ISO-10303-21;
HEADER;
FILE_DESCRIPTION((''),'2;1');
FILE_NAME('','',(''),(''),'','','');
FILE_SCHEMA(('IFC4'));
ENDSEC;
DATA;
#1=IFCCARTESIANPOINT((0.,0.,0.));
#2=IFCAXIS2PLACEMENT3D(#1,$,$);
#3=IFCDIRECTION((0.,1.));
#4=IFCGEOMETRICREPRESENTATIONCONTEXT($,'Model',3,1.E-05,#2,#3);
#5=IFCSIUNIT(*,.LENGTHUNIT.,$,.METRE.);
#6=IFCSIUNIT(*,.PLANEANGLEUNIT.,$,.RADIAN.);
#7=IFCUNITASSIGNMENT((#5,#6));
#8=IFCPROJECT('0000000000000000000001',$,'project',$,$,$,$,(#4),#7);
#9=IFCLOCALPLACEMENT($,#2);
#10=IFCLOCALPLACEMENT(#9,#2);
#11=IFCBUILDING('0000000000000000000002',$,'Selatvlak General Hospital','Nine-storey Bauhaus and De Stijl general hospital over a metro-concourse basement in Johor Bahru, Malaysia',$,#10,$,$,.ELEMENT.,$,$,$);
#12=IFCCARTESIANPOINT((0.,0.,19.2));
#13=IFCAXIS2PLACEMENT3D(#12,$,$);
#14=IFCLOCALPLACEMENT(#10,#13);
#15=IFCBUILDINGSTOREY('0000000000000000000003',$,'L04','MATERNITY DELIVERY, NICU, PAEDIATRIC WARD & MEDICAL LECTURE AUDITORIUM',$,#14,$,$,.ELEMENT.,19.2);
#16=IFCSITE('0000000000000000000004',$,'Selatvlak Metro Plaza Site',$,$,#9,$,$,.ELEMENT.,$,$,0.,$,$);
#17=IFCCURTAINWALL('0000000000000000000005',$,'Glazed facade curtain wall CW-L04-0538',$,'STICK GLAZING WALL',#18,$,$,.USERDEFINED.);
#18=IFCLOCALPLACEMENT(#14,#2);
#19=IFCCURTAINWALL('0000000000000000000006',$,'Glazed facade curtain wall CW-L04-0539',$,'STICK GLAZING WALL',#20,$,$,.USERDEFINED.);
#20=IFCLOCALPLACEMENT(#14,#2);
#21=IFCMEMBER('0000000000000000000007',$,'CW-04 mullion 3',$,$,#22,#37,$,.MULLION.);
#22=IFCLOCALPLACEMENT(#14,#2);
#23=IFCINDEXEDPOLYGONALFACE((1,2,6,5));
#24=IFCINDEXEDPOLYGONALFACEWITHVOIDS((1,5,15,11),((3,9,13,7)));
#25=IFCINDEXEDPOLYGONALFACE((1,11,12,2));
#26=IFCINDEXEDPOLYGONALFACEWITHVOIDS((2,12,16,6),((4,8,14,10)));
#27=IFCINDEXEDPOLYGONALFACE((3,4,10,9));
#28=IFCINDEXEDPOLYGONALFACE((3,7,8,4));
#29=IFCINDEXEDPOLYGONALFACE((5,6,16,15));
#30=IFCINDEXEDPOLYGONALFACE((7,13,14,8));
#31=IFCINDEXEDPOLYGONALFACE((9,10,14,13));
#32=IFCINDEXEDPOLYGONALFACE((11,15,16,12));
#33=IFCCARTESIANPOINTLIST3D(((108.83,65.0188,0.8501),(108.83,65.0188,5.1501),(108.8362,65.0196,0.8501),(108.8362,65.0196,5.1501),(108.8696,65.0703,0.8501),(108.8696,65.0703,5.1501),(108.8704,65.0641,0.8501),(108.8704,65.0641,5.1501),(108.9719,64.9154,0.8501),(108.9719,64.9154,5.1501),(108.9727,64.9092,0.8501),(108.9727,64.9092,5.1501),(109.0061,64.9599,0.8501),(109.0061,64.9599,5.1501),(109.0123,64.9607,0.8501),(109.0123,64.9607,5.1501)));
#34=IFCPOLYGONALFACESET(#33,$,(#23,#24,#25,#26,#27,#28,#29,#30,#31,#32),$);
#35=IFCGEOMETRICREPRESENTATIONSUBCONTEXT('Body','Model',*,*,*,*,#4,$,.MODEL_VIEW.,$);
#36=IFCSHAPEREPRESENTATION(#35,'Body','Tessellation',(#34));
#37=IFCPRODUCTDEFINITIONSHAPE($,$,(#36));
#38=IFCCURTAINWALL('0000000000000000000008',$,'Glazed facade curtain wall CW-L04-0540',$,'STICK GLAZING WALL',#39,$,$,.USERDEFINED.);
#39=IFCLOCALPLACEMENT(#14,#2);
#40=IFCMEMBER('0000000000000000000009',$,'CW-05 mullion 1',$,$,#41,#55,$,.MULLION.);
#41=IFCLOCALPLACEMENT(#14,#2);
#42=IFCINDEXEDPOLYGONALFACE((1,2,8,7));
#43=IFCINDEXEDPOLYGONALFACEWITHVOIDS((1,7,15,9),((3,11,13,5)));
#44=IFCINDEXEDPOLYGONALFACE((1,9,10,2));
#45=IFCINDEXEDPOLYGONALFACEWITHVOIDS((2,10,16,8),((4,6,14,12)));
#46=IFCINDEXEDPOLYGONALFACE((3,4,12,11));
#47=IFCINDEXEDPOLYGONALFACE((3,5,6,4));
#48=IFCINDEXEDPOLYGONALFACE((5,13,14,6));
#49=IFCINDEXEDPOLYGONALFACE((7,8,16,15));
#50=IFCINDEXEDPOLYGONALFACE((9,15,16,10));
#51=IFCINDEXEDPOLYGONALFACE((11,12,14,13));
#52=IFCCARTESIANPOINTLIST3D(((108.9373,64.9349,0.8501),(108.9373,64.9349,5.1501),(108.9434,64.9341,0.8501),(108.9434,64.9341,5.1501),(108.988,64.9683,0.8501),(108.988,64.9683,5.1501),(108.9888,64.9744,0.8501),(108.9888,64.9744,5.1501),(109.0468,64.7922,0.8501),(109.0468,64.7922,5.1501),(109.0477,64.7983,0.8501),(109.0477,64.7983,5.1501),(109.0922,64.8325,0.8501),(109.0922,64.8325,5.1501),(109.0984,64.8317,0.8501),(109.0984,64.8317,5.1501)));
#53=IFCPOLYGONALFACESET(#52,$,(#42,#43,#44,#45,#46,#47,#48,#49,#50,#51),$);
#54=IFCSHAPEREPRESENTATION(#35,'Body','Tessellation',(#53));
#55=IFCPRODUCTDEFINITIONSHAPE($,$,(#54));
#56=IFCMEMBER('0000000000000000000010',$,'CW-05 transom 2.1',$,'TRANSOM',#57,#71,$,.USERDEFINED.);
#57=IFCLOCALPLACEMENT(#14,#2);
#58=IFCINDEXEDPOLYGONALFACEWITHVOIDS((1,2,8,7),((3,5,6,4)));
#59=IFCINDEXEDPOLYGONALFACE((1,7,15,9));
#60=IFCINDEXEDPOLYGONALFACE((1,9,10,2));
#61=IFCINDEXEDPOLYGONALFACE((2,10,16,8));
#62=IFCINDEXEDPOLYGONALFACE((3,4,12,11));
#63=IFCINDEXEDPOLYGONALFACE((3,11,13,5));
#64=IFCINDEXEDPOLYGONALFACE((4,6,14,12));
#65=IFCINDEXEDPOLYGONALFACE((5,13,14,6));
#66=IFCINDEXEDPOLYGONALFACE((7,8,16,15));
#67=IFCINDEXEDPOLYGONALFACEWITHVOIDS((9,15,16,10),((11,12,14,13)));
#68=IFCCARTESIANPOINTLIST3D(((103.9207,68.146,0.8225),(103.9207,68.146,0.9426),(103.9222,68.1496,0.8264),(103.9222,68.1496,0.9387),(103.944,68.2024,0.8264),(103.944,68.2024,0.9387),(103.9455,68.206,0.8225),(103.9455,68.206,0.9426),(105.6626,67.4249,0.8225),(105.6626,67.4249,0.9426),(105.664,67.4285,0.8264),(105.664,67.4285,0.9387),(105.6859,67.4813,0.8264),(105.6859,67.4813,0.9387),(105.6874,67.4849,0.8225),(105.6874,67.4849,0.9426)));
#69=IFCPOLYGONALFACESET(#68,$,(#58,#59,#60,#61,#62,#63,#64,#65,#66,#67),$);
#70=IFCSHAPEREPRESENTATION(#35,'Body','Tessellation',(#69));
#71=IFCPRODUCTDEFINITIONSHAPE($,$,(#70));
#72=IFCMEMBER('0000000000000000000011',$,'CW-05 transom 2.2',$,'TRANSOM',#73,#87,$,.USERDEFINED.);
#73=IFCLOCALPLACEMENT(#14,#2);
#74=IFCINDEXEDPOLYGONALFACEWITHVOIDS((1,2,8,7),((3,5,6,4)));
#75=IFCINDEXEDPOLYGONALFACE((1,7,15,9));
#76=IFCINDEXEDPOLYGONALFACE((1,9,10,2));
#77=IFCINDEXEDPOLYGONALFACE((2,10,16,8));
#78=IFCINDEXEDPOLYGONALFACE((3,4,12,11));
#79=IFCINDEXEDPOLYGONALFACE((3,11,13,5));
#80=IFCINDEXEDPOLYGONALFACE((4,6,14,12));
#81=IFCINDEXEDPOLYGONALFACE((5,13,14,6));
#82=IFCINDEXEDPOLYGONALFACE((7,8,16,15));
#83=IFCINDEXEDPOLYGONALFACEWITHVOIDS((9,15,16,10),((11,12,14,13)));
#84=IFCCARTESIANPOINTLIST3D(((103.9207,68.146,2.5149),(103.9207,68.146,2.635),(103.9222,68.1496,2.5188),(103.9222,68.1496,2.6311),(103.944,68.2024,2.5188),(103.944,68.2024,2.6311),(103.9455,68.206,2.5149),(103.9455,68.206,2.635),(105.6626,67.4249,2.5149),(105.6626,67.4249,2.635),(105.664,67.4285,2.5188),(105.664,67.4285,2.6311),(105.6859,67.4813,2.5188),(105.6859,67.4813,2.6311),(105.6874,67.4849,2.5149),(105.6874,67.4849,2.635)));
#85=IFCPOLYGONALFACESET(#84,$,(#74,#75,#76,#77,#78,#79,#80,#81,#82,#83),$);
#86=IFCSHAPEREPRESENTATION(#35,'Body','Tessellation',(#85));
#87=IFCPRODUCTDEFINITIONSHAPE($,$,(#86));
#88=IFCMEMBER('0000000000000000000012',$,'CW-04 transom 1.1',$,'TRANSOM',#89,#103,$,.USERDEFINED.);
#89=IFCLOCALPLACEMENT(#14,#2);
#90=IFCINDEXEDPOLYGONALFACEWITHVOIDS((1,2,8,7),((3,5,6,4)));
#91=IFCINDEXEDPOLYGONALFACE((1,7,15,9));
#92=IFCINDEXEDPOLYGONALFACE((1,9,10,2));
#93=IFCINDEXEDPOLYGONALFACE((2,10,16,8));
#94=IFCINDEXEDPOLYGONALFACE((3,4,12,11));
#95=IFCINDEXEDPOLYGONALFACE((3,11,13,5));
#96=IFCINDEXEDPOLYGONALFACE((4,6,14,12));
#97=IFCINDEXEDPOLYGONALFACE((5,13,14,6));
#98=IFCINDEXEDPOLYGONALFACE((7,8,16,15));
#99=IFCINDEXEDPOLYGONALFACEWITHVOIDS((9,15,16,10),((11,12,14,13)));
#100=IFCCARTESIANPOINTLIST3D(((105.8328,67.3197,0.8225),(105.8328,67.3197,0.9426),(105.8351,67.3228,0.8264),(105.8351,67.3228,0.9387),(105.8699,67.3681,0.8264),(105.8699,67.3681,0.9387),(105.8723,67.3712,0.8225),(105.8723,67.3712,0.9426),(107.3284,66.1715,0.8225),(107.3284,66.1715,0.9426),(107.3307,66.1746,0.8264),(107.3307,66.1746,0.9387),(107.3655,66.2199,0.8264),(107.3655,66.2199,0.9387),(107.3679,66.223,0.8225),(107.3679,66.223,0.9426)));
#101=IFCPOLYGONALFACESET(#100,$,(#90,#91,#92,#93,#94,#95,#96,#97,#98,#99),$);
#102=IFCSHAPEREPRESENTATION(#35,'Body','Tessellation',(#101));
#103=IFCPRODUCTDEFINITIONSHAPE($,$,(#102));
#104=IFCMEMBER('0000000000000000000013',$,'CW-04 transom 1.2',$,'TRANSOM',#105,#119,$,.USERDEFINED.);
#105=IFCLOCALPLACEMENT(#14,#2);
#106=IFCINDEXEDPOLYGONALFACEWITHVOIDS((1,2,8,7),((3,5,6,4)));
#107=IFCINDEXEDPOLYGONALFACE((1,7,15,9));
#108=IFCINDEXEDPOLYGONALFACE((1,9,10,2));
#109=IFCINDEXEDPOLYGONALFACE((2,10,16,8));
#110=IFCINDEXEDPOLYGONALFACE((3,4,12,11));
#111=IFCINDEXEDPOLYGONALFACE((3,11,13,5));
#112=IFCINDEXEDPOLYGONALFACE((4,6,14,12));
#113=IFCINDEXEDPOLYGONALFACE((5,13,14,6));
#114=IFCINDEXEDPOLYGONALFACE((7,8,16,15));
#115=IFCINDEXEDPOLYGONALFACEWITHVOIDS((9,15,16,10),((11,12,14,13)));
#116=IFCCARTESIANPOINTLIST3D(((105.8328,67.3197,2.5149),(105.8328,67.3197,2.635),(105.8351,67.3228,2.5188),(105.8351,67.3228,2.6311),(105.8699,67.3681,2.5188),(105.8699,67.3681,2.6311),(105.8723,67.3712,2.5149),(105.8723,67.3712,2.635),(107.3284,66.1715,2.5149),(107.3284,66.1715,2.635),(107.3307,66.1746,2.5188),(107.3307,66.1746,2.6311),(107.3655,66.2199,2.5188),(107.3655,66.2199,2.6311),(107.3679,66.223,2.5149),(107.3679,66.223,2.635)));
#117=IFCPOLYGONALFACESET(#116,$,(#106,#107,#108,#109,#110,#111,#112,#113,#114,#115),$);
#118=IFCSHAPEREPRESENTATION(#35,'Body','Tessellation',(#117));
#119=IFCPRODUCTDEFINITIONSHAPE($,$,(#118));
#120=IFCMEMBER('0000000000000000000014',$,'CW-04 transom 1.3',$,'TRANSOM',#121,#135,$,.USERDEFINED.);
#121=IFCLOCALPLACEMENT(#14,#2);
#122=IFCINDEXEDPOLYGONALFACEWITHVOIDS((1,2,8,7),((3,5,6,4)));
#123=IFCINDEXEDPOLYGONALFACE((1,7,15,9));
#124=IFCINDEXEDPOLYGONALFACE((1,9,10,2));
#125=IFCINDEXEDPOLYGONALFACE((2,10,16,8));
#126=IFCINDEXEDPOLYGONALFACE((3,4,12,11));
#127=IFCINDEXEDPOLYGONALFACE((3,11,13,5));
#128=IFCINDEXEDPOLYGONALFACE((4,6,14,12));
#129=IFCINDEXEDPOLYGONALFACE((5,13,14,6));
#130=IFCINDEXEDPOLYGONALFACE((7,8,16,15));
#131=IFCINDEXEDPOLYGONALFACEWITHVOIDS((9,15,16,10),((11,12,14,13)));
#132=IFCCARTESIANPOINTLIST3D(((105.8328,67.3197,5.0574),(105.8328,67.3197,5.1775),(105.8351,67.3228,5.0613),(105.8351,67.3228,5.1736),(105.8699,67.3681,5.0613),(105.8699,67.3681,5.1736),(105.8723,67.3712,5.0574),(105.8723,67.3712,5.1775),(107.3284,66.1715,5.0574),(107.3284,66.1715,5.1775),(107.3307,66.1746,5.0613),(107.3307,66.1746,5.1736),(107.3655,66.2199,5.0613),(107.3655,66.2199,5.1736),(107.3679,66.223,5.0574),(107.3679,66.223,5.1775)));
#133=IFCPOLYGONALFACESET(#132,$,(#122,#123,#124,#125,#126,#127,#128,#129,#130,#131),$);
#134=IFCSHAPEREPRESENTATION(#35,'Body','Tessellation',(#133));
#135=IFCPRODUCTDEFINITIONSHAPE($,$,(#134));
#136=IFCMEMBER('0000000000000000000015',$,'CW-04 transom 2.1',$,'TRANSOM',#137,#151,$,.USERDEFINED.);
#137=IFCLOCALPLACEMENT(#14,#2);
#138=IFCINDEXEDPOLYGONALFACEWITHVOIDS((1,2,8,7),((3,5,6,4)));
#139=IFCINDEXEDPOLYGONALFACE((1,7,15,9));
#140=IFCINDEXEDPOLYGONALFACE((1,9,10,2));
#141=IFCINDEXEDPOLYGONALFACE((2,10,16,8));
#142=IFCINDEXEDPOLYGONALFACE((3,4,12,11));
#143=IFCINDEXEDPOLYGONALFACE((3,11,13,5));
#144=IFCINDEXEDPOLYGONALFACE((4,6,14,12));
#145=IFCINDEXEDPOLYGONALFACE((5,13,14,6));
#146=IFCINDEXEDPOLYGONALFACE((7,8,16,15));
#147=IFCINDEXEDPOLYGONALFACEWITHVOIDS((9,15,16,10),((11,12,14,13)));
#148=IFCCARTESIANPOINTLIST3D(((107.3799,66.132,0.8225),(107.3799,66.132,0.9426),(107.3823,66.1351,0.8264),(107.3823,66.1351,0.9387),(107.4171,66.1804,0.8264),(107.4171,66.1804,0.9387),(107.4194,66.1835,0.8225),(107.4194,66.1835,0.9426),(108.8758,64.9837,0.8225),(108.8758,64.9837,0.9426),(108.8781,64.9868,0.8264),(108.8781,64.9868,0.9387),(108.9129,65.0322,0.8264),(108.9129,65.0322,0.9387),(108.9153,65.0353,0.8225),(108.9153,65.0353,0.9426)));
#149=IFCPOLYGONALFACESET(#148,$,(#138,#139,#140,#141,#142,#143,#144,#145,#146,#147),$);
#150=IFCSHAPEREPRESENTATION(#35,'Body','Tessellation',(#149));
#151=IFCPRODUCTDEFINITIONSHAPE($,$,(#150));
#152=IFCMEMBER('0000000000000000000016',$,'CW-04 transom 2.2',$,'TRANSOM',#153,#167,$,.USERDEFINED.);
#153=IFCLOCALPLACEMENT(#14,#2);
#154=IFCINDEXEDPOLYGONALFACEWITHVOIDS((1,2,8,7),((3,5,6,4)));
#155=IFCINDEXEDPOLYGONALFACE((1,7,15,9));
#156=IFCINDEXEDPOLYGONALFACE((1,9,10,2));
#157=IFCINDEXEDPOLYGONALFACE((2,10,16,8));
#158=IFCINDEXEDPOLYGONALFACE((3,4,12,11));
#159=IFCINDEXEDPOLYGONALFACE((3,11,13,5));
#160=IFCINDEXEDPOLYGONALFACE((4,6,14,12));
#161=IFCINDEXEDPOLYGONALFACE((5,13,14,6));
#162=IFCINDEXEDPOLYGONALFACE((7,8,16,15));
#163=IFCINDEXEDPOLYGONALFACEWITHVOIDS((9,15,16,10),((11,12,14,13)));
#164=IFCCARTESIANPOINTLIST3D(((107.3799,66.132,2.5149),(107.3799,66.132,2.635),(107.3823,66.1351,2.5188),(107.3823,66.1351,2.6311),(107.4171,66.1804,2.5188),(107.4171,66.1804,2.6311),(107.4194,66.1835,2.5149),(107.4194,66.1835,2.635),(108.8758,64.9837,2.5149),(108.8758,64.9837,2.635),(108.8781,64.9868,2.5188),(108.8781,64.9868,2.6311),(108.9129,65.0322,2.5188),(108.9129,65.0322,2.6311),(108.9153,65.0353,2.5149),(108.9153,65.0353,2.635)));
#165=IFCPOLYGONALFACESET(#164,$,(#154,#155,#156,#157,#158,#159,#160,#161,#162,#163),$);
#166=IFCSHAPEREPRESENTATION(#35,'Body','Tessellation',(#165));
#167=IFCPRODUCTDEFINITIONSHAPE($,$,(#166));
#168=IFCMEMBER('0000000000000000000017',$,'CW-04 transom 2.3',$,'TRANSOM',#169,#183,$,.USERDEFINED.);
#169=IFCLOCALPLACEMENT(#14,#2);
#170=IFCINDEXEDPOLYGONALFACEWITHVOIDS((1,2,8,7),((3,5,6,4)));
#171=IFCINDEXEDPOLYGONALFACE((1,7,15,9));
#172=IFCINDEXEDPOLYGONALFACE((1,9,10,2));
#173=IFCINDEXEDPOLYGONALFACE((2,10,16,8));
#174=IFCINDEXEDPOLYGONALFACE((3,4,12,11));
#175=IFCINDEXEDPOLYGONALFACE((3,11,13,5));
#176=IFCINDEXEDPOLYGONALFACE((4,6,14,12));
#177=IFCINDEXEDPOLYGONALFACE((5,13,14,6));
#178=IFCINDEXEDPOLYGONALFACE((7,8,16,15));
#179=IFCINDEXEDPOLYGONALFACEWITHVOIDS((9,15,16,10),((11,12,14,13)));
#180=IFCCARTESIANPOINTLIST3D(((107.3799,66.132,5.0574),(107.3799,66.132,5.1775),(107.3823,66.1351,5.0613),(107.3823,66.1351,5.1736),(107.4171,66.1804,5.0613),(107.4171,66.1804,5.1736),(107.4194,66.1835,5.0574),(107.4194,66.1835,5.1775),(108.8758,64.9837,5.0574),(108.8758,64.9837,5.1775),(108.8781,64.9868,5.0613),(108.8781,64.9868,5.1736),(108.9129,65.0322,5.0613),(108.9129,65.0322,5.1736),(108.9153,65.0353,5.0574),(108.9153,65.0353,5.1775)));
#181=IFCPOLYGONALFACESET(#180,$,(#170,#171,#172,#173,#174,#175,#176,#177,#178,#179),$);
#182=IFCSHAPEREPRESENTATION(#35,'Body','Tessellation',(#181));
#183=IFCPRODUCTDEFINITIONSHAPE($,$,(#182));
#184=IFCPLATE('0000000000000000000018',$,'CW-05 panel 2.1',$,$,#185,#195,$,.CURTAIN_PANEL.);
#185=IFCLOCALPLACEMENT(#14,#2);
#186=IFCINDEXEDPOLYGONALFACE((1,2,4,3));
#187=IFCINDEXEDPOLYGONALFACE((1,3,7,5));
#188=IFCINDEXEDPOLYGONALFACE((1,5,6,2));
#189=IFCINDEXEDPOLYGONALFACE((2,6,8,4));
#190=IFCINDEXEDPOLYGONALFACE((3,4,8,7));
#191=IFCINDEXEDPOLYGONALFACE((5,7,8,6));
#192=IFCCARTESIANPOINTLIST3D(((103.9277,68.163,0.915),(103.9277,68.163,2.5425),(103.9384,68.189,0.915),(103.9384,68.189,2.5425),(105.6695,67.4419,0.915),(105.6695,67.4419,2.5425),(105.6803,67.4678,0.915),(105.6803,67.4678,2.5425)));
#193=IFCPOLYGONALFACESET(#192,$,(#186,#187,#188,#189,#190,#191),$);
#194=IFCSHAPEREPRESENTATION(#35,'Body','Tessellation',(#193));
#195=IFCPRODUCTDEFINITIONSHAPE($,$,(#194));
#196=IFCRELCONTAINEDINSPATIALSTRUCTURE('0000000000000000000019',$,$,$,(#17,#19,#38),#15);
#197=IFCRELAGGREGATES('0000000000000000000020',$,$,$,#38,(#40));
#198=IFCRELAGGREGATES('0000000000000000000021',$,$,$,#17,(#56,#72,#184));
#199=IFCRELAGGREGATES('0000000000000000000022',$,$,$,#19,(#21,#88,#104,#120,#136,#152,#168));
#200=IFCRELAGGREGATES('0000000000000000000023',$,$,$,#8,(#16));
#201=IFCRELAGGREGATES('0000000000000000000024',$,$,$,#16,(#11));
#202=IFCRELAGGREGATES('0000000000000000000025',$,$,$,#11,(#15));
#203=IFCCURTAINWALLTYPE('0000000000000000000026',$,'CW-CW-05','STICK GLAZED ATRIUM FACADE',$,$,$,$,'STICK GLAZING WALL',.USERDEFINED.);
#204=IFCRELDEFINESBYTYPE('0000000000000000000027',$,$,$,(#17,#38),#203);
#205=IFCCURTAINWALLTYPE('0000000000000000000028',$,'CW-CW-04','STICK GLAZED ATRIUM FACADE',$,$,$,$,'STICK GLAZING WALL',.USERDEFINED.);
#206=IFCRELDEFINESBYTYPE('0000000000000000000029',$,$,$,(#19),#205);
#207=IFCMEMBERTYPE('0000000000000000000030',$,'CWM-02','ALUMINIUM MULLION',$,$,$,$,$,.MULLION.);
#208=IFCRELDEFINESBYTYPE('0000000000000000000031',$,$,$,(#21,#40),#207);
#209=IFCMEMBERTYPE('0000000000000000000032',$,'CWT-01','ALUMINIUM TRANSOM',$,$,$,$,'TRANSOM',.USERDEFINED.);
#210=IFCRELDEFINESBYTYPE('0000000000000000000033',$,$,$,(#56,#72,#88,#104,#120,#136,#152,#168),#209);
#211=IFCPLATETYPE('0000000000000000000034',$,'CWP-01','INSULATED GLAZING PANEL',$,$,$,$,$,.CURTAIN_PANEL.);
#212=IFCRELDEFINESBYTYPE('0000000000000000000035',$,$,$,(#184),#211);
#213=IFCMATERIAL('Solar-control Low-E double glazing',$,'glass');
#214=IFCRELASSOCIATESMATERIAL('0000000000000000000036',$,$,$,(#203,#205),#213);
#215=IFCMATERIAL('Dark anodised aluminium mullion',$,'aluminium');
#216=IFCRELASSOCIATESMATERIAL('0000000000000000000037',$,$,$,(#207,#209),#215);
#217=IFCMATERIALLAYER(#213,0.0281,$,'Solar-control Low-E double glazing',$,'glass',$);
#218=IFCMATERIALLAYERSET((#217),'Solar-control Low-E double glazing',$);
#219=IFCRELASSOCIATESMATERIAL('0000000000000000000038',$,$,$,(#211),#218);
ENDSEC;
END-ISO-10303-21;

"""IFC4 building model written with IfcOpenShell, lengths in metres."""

from ifc_helpers import new_model, si_unit, direction, frame, origin, origin_2d, place, context, subcontext, project, spatial, rectangle, hollow_rectangle, extrude, material, layer, layer_set, material_profile, profile_set, type_object, element, aggregate, save


model = new_model("IFC4")

# Units and contexts
model_context = context("Model", 3, precision=1e-05, world=origin(), true_north=direction((0.0, 1.0)))
body_context = subcontext(model_context, "Body", "Model", "MODEL_VIEW")
ifc_project = project(units=[si_unit("LENGTHUNIT", "METRE"), si_unit("PLANEANGLEUNIT", "RADIAN")], contexts=[model_context])

# Site, building, storey
site_placement = place(None, origin())
site = spatial("IfcSite", under=ifc_project, at=site_placement, Name="Selatvlak Metro Plaza Site", CompositionType="ELEMENT", RefElevation=0.0)
building_placement = place(site_placement, origin())
building = spatial("IfcBuilding", under=site, at=building_placement, Name="Selatvlak General Hospital", Description="Nine-storey Bauhaus and De Stijl general hospital over a metro-concourse basement in Johor Bahru, Malaysia", CompositionType="ELEMENT")
storey_placement = place(building_placement, frame((0.0, 0.0, 19.2)))
storey = spatial("IfcBuildingStorey", under=building, at=storey_placement, Name="L04", Description="MATERNITY DELIVERY, NICU, PAEDIATRIC WARD & MEDICAL LECTURE AUDITORIUM", CompositionType="ELEMENT", Elevation=19.2)

# Curtain wall
ifc_material_1 = material(Name="Solar-control Low-E double glazing", Category="glass")
curtain_wall_type_1 = type_object("IfcCurtainWallType", Name="CW-CW-05", Description="STICK GLAZED ATRIUM FACADE", ElementType="STICK GLAZING WALL", PredefinedType="USERDEFINED", material=ifc_material_1)
curtain_wall_1_placement = place(storey_placement, origin())
curtain_wall_1 = element("IfcCurtainWall", 1, at=curtain_wall_1_placement, inside=storey, type_object=curtain_wall_type_1, Name="Glazed facade curtain wall CW-L04-0538", ObjectType="STICK GLAZING WALL", PredefinedType="USERDEFINED")
ifc_material_2 = material(Name="Dark anodised aluminium mullion", Category="aluminium")
ifc_material_profile_1 = material_profile(ifc_material_2, hollow_rectangle(XDim=0.0649, YDim=0.1799, WallThickness=0.0044, at=origin_2d()), Name="AL-MUL 65x180x4.5")
ifc_profile_set_1 = profile_set([ifc_material_profile_1], Name="Dark anodised aluminium mullion")
member_type_1 = type_object("IfcMemberType", Name="CWM-02", Description="ALUMINIUM MULLION", PredefinedType="MULLION", material=ifc_profile_set_1)

# Curtain wall, member
curtain_wall_type_2 = type_object("IfcCurtainWallType", Name="CW-CW-04", Description="STICK GLAZED ATRIUM FACADE", ElementType="STICK GLAZING WALL", PredefinedType="USERDEFINED", material=ifc_material_1)
curtain_wall_2_placement = place(storey_placement, origin())
curtain_wall_2 = element("IfcCurtainWall", 2, at=curtain_wall_2_placement, inside=storey, type_object=curtain_wall_type_2, Name="Glazed facade curtain wall CW-L04-0539", ObjectType="STICK GLAZING WALL", PredefinedType="USERDEFINED")
member_1_placement = place(storey_placement, frame((108.9211, 64.9897, 0.8501), z_axis=(0.0, 0.0, 1.0), x_axis=(0.608918, 0.793233, 0.0)))
member_1 = element("IfcMember", 3, at=member_1_placement, type_object=member_type_1, Name="CW-04 mullion 3", PredefinedType="MULLION", context=body_context, shape_type="SweptSolid", body=[
    extrude(hollow_rectangle(XDim=0.0649, YDim=0.1799, WallThickness=0.0044, at=origin_2d()), origin(), (0.0, 0.0, 1.0), 4.3),
])

# Curtain wall, member
curtain_wall_3_placement = place(storey_placement, origin())
curtain_wall_3 = element("IfcCurtainWall", 4, at=curtain_wall_3_placement, inside=storey, type_object=curtain_wall_type_1, Name="Glazed facade curtain wall CW-L04-0540", ObjectType="STICK GLAZING WALL", PredefinedType="USERDEFINED")
member_2_placement = place(storey_placement, frame((109.0178, 64.8833, 0.8501), z_axis=(0.0, 0.0, 1.0), x_axis=(0.793233, 0.608918, 0.0)))
member_2 = element("IfcMember", 5, at=member_2_placement, type_object=member_type_1, Name="CW-05 mullion 1", PredefinedType="MULLION", context=body_context, shape_type="SweptSolid", body=[
    extrude(hollow_rectangle(XDim=0.0649, YDim=0.1799, WallThickness=0.0044, at=origin_2d()), origin(), (0.0, 0.0, 1.0), 4.3),
])
aggregate(curtain_wall_3, [member_2])

# Members
ifc_material_profile_2 = material_profile(ifc_material_2, hollow_rectangle(XDim=0.0649, YDim=0.1201, WallThickness=0.0039, at=origin_2d()), Name="AL-TRN 65x120x4")
ifc_profile_set_2 = profile_set([ifc_material_profile_2], Name="Dark anodised aluminium mullion")
member_type_2 = type_object("IfcMemberType", Name="CWT-01", Description="ALUMINIUM TRANSOM", ElementType="TRANSOM", PredefinedType="USERDEFINED", material=ifc_profile_set_2)
member_3_placement = place(storey_placement, frame((103.9331, 68.176, 0.8826), z_axis=(0.923944, -0.382527, 0.0), x_axis=(0.382527, 0.923944, 0.0)))
member_3 = element("IfcMember", 6, at=member_3_placement, type_object=member_type_2, Name="CW-05 transom 2.1", ObjectType="TRANSOM", PredefinedType="USERDEFINED", context=body_context, shape_type="SweptSolid", body=[
    extrude(hollow_rectangle(XDim=0.0649, YDim=0.1201, WallThickness=0.0039, at=origin_2d()), origin(), (0.0, 0.0, 1.0), 1.8853),
])
member_4_placement = place(storey_placement, frame((103.9331, 68.176, 2.575), z_axis=(0.923944, -0.382527, 0.0), x_axis=(0.382527, 0.923944, 0.0)))
member_4 = element("IfcMember", 7, at=member_4_placement, type_object=member_type_2, Name="CW-05 transom 2.2", ObjectType="TRANSOM", PredefinedType="USERDEFINED", context=body_context, shape_type="SweptSolid", body=[
    extrude(hollow_rectangle(XDim=0.0649, YDim=0.1201, WallThickness=0.0039, at=origin_2d()), origin(), (0.0, 0.0, 1.0), 1.8853),
])
member_5_placement = place(storey_placement, frame((105.8525, 67.3455, 0.8826), z_axis=(0.793206, -0.608953, 0.0), x_axis=(0.608953, 0.793206, 0.0)))
member_5 = element("IfcMember", 8, at=member_5_placement, type_object=member_type_2, Name="CW-04 transom 1.1", ObjectType="TRANSOM", PredefinedType="USERDEFINED", context=body_context, shape_type="SweptSolid", body=[
    extrude(hollow_rectangle(XDim=0.0649, YDim=0.1201, WallThickness=0.0039, at=origin_2d()), origin(), (0.0, 0.0, 1.0), 1.8855),
])
member_6_placement = place(storey_placement, frame((105.8525, 67.3455, 2.575), z_axis=(0.793206, -0.608953, 0.0), x_axis=(0.608953, 0.793206, 0.0)))
member_6 = element("IfcMember", 9, at=member_6_placement, type_object=member_type_2, Name="CW-04 transom 1.2", ObjectType="TRANSOM", PredefinedType="USERDEFINED", context=body_context, shape_type="SweptSolid", body=[
    extrude(hollow_rectangle(XDim=0.0649, YDim=0.1201, WallThickness=0.0039, at=origin_2d()), origin(), (0.0, 0.0, 1.0), 1.8855),
])
member_7_placement = place(storey_placement, frame((105.8525, 67.3455, 5.1174), z_axis=(0.793206, -0.608953, 0.0), x_axis=(0.608953, 0.793206, 0.0)))
member_7 = element("IfcMember", 10, at=member_7_placement, type_object=member_type_2, Name="CW-04 transom 1.3", ObjectType="TRANSOM", PredefinedType="USERDEFINED", context=body_context, shape_type="SweptSolid", body=[
    extrude(hollow_rectangle(XDim=0.0649, YDim=0.1201, WallThickness=0.0039, at=origin_2d()), origin(), (0.0, 0.0, 1.0), 1.8855),
])
member_8_placement = place(storey_placement, frame((107.3997, 66.1577, 0.8826), z_axis=(0.793254, -0.608891, 0.0), x_axis=(0.608891, 0.793254, 0.0)))
member_8 = element("IfcMember", 11, at=member_8_placement, type_object=member_type_2, Name="CW-04 transom 2.1", ObjectType="TRANSOM", PredefinedType="USERDEFINED", context=body_context, shape_type="SweptSolid", body=[
    extrude(hollow_rectangle(XDim=0.0649, YDim=0.1201, WallThickness=0.0039, at=origin_2d()), origin(), (0.0, 0.0, 1.0), 1.8857),
])
member_9_placement = place(storey_placement, frame((107.3997, 66.1577, 2.575), z_axis=(0.793254, -0.608891, 0.0), x_axis=(0.608891, 0.793254, 0.0)))
member_9 = element("IfcMember", 12, at=member_9_placement, type_object=member_type_2, Name="CW-04 transom 2.2", ObjectType="TRANSOM", PredefinedType="USERDEFINED", context=body_context, shape_type="SweptSolid", body=[
    extrude(hollow_rectangle(XDim=0.0649, YDim=0.1201, WallThickness=0.0039, at=origin_2d()), origin(), (0.0, 0.0, 1.0), 1.8857),
])
member_10_placement = place(storey_placement, frame((107.3997, 66.1577, 5.1174), z_axis=(0.793254, -0.608891, 0.0), x_axis=(0.608891, 0.793254, 0.0)))
member_10 = element("IfcMember", 13, at=member_10_placement, type_object=member_type_2, Name="CW-04 transom 2.3", ObjectType="TRANSOM", PredefinedType="USERDEFINED", context=body_context, shape_type="SweptSolid", body=[
    extrude(hollow_rectangle(XDim=0.0649, YDim=0.1201, WallThickness=0.0039, at=origin_2d()), origin(), (0.0, 0.0, 1.0), 1.8857),
])

# Plate
ifc_layer_1 = layer(ifc_material_1, 0.0281, Name="Solar-control Low-E double glazing", Category="glass")
ifc_layer_set_1 = layer_set([ifc_layer_1], Name="Solar-control Low-E double glazing")
plate_type = type_object("IfcPlateType", Name="CWP-01", Description="INSULATED GLAZING PANEL", PredefinedType="CURTAIN_PANEL", material=ifc_layer_set_1)
plate_1_placement = place(storey_placement, frame((104.804, 67.8154, 0.915), z_axis=(0.0, 0.0, 1.0), x_axis=(0.92394, -0.382537, 0.0)))
plate_1 = element("IfcPlate", 14, at=plate_1_placement, type_object=plate_type, Name="CW-05 panel 2.1", PredefinedType="CURTAIN_PANEL", context=body_context, shape_type="SweptSolid", body=[
    extrude(rectangle(XDim=1.8853, YDim=0.0281, at=origin_2d()), origin(), (0.0, 0.0, 1.0), 1.6274),
])
aggregate(curtain_wall_1, [member_3, member_4, plate_1])
aggregate(curtain_wall_2, [member_1, member_5, member_6, member_7, member_8, member_9, member_10])

save(model, "model.ifc")
